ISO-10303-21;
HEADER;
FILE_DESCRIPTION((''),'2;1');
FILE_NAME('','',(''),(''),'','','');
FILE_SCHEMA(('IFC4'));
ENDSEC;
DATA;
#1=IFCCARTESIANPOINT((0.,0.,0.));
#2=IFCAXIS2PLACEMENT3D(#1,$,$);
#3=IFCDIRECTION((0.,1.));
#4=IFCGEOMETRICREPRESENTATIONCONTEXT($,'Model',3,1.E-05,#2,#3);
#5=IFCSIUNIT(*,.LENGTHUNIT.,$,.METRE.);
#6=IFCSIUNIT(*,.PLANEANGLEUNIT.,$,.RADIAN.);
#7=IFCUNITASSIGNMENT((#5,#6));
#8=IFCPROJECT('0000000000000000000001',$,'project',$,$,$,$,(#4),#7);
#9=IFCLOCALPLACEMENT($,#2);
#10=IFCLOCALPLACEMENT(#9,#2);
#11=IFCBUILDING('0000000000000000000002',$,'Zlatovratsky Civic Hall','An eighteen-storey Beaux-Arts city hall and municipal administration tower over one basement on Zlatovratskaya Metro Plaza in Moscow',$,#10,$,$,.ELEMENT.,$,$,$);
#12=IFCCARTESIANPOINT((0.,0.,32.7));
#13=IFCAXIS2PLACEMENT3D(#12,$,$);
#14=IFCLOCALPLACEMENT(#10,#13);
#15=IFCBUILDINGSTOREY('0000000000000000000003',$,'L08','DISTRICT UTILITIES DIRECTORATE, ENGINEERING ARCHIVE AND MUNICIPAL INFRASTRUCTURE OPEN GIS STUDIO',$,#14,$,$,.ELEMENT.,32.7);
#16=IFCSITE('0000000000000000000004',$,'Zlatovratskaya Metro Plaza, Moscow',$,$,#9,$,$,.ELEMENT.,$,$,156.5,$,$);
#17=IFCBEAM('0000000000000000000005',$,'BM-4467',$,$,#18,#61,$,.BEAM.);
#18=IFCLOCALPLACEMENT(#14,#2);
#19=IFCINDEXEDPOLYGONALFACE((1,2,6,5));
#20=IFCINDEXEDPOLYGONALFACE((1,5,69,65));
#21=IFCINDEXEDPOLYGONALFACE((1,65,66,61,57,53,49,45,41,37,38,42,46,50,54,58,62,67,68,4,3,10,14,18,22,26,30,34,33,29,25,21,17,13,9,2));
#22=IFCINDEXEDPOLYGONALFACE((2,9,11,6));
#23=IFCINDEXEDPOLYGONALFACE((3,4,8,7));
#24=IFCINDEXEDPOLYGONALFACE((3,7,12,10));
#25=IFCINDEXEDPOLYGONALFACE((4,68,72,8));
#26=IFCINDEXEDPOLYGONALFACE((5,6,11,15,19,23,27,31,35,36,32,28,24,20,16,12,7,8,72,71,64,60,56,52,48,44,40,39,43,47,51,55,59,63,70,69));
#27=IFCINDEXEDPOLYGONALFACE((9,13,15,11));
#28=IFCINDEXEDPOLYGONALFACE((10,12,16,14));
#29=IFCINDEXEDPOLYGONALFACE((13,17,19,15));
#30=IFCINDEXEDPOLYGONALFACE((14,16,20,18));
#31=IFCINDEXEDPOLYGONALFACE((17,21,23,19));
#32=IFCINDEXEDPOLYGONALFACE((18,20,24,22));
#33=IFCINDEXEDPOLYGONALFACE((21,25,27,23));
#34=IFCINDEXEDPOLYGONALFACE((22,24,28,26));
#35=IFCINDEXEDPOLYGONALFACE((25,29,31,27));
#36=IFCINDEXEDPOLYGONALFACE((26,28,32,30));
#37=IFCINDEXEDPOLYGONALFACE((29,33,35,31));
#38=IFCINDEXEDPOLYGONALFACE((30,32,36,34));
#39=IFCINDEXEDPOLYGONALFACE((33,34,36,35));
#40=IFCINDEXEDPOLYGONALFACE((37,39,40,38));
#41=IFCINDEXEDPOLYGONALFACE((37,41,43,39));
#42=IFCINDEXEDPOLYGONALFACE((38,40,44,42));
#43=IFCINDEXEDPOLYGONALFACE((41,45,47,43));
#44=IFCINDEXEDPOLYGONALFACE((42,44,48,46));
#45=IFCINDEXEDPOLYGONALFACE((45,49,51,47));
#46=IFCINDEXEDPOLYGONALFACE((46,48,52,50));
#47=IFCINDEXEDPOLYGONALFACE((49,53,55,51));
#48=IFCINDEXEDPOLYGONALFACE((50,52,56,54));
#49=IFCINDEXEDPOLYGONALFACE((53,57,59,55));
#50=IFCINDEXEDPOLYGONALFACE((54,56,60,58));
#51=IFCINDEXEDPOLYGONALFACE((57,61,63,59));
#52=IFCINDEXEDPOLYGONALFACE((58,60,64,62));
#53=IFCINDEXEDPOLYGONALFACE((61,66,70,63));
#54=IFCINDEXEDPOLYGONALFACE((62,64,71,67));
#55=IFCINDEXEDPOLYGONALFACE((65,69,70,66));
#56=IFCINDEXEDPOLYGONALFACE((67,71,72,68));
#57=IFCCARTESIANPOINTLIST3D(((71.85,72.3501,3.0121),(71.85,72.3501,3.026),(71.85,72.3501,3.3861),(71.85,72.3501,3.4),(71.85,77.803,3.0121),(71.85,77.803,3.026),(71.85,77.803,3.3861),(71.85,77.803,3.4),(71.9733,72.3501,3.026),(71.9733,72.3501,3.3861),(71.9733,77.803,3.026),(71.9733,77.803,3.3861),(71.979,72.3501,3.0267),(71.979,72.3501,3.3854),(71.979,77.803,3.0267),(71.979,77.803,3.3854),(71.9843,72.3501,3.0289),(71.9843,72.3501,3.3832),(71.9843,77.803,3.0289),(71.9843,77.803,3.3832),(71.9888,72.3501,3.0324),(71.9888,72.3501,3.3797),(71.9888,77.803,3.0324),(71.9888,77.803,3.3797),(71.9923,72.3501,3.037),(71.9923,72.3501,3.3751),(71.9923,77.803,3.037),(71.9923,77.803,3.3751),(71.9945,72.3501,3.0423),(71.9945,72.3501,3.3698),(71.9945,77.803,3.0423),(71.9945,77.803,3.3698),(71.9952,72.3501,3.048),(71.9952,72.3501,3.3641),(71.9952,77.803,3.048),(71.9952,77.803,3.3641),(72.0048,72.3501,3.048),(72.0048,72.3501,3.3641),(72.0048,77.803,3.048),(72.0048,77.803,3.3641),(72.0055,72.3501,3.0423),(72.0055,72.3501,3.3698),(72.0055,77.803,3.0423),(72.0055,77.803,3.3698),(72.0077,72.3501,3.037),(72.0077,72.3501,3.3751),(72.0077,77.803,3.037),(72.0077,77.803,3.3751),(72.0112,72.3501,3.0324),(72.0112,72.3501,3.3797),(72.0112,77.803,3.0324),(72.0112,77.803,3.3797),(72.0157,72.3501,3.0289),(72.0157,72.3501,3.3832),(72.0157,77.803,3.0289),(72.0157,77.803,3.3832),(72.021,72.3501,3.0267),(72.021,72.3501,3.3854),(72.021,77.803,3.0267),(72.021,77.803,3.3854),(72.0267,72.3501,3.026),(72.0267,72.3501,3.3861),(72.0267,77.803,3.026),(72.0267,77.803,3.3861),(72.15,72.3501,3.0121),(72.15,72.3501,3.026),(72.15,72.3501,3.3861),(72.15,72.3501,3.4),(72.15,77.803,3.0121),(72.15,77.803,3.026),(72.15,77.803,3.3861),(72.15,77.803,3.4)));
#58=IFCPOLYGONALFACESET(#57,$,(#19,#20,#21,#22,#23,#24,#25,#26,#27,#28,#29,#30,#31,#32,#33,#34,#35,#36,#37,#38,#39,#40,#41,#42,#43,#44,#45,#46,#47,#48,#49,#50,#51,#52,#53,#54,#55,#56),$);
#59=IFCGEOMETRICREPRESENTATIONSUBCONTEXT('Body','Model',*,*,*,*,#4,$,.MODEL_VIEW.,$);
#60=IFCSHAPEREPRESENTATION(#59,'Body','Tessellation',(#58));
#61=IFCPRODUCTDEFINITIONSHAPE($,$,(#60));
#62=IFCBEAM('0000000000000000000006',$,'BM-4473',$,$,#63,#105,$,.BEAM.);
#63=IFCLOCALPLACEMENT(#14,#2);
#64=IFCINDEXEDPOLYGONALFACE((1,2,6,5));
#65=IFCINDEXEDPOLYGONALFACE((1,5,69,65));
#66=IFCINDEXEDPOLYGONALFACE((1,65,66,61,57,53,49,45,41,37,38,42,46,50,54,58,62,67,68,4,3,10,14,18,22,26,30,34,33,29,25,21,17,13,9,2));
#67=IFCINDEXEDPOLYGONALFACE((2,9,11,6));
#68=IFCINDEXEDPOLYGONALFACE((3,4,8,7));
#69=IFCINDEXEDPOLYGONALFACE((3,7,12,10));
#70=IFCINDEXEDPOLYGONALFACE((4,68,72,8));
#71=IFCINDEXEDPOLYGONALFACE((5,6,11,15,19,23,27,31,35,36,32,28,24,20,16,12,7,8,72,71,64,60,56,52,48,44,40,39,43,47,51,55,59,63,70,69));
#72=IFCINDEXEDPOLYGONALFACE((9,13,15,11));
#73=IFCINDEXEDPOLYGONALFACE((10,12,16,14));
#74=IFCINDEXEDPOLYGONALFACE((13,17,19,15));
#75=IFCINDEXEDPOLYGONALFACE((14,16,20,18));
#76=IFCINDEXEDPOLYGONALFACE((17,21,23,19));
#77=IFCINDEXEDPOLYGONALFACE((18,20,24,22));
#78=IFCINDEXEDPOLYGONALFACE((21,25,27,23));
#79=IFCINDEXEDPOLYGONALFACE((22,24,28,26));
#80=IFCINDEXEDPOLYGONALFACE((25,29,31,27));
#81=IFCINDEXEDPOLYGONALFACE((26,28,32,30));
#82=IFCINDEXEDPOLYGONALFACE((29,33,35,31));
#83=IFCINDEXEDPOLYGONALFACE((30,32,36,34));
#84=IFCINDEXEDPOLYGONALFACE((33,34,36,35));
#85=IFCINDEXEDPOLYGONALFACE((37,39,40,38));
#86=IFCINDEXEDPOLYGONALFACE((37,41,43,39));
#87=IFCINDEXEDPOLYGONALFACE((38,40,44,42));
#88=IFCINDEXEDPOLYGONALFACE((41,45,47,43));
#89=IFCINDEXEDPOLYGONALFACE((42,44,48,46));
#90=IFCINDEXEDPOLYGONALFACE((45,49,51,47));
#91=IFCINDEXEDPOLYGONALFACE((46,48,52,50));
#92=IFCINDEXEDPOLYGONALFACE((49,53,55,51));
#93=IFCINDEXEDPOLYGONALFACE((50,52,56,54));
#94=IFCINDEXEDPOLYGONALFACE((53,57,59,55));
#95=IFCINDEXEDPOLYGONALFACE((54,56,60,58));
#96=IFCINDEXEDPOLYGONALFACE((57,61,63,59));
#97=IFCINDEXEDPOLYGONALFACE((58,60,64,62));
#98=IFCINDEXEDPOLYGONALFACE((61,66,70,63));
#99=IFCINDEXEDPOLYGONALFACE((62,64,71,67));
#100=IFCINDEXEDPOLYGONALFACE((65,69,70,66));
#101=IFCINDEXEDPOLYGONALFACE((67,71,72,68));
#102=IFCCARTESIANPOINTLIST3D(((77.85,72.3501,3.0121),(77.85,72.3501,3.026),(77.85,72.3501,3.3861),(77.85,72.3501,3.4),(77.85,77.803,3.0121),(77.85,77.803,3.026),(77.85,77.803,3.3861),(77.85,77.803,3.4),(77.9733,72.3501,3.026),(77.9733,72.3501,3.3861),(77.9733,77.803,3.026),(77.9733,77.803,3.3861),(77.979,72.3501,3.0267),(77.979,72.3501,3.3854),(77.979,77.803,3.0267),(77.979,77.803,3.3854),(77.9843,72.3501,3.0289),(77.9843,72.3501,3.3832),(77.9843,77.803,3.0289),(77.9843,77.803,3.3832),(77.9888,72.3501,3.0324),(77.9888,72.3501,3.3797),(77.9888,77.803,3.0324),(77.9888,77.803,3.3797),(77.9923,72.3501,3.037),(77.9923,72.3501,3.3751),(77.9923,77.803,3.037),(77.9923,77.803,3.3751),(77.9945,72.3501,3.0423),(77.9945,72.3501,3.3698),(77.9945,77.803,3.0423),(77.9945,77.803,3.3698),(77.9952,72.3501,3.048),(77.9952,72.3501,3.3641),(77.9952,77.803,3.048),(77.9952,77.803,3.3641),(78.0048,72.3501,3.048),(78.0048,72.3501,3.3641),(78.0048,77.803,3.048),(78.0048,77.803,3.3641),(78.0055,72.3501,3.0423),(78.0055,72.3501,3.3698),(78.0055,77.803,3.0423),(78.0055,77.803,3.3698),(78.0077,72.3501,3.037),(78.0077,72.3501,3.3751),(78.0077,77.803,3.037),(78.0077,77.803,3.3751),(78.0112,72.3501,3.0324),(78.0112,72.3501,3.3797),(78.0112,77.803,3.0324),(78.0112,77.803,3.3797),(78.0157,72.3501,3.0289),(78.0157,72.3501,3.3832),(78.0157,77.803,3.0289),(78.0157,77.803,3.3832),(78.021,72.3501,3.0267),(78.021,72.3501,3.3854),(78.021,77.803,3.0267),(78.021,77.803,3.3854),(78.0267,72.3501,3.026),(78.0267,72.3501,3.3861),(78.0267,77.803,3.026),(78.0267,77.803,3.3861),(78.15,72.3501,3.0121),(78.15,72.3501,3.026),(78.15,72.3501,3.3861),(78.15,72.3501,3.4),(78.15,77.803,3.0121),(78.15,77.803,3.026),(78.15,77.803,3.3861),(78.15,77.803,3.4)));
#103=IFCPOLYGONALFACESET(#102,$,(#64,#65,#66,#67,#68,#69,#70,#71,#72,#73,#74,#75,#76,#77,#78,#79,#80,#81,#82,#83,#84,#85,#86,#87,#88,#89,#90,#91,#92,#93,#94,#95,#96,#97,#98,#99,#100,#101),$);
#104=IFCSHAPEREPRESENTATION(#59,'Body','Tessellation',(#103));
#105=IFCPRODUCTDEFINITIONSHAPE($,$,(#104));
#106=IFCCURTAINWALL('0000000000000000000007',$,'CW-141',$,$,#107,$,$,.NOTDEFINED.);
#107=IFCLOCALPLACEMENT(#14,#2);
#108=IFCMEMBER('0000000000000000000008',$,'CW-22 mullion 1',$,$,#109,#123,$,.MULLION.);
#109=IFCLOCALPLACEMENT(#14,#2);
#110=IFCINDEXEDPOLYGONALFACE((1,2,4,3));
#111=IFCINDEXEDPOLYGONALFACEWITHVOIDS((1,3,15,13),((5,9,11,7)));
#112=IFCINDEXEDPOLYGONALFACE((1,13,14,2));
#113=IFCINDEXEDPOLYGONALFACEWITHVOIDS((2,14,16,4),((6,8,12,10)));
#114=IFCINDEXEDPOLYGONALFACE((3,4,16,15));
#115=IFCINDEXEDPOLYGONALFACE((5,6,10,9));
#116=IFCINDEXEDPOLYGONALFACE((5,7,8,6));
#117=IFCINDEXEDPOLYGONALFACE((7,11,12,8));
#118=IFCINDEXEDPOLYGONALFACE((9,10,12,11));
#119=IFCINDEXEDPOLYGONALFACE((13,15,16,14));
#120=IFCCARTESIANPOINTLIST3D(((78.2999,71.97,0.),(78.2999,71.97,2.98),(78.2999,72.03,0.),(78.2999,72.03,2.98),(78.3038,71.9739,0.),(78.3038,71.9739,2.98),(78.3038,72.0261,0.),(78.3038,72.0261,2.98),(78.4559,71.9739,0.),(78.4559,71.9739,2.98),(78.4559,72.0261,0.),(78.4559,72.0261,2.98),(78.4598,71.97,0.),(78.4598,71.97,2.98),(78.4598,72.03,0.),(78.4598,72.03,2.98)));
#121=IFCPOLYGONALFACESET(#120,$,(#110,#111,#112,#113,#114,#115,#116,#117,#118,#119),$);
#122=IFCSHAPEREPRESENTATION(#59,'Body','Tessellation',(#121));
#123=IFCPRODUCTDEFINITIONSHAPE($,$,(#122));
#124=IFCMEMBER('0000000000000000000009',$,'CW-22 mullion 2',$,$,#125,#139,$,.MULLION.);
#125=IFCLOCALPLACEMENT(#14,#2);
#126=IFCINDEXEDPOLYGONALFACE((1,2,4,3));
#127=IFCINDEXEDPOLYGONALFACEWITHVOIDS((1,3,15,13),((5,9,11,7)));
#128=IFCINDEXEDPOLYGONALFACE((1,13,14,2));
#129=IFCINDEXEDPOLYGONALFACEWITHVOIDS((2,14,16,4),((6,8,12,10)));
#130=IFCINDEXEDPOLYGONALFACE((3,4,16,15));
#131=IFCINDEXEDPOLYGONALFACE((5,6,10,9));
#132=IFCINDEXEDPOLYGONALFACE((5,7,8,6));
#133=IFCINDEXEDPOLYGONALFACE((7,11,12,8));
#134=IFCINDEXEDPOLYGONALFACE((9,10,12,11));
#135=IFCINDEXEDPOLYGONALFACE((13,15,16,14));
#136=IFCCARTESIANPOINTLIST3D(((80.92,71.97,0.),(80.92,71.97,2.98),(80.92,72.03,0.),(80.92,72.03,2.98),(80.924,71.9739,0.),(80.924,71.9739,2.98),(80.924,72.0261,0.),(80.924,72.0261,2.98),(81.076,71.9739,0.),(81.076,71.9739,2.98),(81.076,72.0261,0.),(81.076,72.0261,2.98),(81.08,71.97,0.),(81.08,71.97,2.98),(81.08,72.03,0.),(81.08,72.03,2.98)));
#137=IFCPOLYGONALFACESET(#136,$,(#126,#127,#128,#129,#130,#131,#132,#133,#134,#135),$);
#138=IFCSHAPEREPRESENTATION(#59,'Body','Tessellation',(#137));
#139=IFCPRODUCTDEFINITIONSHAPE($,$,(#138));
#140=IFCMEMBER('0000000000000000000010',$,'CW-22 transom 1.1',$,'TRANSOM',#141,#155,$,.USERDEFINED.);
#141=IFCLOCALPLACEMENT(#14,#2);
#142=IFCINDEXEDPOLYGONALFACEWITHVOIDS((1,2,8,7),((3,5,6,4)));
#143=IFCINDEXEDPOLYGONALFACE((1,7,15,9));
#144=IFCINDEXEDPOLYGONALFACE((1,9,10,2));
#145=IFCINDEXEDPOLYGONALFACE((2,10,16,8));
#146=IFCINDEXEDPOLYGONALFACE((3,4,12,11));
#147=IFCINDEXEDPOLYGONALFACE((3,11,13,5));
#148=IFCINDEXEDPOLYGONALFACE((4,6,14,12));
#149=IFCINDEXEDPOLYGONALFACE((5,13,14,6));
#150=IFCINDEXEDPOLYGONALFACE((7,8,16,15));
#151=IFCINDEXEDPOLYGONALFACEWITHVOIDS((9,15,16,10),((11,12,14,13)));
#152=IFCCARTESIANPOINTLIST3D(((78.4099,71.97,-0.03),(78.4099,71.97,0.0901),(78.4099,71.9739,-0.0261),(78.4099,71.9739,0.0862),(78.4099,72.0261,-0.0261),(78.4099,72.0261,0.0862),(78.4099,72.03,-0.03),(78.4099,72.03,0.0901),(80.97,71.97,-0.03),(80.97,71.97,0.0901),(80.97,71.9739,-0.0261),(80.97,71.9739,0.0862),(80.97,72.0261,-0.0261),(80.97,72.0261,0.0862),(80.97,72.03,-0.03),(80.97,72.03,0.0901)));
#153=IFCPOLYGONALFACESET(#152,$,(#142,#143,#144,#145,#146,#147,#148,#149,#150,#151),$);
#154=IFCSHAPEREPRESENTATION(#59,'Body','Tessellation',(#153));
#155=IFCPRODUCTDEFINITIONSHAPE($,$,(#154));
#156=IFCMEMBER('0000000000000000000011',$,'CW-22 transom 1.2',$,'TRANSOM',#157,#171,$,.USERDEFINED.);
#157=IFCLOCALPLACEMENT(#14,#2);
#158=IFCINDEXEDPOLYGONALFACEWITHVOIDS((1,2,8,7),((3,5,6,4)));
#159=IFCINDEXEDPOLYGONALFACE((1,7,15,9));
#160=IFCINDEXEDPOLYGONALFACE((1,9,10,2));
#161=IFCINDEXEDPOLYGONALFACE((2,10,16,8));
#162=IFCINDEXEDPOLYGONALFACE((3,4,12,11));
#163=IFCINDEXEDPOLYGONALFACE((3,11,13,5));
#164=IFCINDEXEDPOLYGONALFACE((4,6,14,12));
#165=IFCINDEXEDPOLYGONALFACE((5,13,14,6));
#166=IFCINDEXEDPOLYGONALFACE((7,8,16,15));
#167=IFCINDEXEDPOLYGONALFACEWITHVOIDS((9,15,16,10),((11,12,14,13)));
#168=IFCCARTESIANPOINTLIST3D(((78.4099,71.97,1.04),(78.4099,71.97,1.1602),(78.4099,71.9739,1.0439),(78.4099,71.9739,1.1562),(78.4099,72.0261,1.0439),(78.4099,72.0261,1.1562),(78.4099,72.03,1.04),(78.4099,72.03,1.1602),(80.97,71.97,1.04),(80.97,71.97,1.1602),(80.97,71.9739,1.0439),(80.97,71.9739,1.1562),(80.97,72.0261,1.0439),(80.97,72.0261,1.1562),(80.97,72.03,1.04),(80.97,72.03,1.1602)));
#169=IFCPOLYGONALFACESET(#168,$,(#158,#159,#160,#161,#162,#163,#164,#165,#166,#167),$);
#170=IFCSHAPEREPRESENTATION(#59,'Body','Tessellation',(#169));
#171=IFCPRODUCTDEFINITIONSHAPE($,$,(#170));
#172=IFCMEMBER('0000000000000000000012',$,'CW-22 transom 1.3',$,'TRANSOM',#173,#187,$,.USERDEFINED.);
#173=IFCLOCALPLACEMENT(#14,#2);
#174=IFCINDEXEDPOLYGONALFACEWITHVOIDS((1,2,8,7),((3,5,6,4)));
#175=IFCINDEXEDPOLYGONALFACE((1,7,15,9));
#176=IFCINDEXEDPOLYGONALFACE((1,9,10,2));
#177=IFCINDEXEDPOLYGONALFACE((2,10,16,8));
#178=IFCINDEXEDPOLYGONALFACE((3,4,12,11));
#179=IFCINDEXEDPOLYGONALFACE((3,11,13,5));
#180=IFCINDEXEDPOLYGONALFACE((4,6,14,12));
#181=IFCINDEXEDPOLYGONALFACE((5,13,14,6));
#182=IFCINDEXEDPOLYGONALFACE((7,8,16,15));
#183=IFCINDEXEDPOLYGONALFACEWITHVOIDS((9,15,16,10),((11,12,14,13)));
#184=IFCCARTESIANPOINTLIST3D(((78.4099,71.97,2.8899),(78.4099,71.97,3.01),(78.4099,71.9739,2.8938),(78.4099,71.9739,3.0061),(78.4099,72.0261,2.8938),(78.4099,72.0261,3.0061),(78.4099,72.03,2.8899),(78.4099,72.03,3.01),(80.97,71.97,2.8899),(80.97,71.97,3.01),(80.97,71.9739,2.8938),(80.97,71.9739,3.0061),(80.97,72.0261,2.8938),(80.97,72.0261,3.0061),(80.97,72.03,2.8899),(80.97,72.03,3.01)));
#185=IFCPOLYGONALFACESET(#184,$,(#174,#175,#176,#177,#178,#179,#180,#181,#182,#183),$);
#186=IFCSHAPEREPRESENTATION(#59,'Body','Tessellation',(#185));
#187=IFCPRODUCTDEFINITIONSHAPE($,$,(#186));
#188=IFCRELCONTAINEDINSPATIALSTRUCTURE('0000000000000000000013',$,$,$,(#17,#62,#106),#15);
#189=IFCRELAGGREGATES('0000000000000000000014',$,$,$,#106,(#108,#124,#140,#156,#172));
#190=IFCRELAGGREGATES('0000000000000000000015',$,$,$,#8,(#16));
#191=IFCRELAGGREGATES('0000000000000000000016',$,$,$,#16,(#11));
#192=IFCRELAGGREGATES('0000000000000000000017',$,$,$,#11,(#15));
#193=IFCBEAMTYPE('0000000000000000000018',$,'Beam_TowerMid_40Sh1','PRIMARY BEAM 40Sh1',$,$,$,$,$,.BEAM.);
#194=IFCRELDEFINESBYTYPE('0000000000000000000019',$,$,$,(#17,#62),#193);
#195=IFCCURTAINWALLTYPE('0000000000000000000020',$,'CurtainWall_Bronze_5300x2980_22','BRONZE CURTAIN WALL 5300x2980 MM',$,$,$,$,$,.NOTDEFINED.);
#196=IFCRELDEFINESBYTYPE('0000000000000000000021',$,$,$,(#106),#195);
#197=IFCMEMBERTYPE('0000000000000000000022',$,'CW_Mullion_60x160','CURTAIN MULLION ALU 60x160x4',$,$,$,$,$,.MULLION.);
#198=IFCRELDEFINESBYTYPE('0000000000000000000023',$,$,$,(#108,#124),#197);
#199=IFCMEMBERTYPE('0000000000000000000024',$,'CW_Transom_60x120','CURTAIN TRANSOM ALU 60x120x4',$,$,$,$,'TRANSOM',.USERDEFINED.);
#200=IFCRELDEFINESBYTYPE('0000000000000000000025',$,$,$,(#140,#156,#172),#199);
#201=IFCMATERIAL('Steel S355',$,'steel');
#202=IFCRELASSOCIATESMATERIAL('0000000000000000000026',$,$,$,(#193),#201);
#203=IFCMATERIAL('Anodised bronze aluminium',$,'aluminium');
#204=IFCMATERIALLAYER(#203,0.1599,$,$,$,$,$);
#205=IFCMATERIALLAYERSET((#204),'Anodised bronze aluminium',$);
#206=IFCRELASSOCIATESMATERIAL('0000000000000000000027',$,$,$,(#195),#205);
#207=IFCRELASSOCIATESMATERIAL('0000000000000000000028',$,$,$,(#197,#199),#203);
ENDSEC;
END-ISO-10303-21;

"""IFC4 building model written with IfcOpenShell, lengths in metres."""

from ifc_helpers import new_model, si_unit, direction, frame, origin, origin_2d, place, context, subcontext, project, spatial, hollow_rectangle, i_section, extrude, material, layer, layer_set, material_profile, profile_set, type_object, element, aggregate, save


model = new_model("IFC4")

# Units and contexts
model_context = context("Model", 3, precision=1e-05, world=origin(), true_north=direction((0.0, 1.0)))
body_context = subcontext(model_context, "Body", "Model", "MODEL_VIEW")
ifc_project = project(units=[si_unit("LENGTHUNIT", "METRE"), si_unit("PLANEANGLEUNIT", "RADIAN")], contexts=[model_context])

# Site, building, storey
site_placement = place(None, origin())
site = spatial("IfcSite", under=ifc_project, at=site_placement, Name="Zlatovratskaya Metro Plaza, Moscow", CompositionType="ELEMENT", RefElevation=156.5)
building_placement = place(site_placement, origin())
building = spatial("IfcBuilding", under=site, at=building_placement, Name="Zlatovratsky Civic Hall", Description="An eighteen-storey Beaux-Arts city hall and municipal administration tower over one basement on Zlatovratskaya Metro Plaza in Moscow", CompositionType="ELEMENT")
storey_placement = place(building_placement, frame((0.0, 0.0, 32.7)))
storey = spatial("IfcBuildingStorey", under=building, at=storey_placement, Name="L08", Description="DISTRICT UTILITIES DIRECTORATE, ENGINEERING ARCHIVE AND MUNICIPAL INFRASTRUCTURE OPEN GIS STUDIO", CompositionType="ELEMENT", Elevation=32.7)

# Shared definitions
ifc_material_1 = material(Name="Steel S355", Category="steel")

# Beams
ifc_material_profile_1 = material_profile(ifc_material_1, i_section(OverallWidth=0.3, OverallDepth=0.3879, WebThickness=0.0095, FlangeThickness=0.0139, FilletRadius=0.022, at=origin_2d()), Name="40Sh1")
ifc_profile_set_1 = profile_set([ifc_material_profile_1], Name="Steel S355")
beam_type_1 = type_object("IfcBeamType", Name="Beam_TowerMid_40Sh1", Description="PRIMARY BEAM 40Sh1", PredefinedType="BEAM", material=ifc_profile_set_1)
for number, where, z_axis, x_axis, name in (
    (1, (72.0, 72.3501, 3.2061), (0.0, 1.0, 0.0), (-1.0, 0.0, 0.0), "BM-4467"),
    (2, (78.0, 72.3501, 3.2061), (0.0, 1.0, 0.0), (-1.0, 0.0, 0.0), "BM-4473"),
):
    element("IfcBeam", number, at=place(storey_placement, frame(where, z_axis=z_axis, x_axis=x_axis)), inside=storey, type_object=beam_type_1, Name=name, PredefinedType="BEAM", context=body_context, shape_type="SweptSolid", body=[
        extrude(i_section(OverallWidth=0.3, OverallDepth=0.3879, WebThickness=0.0095, FlangeThickness=0.0139, FilletRadius=0.022, at=origin_2d()), origin(), (0.0, 0.0, 1.0), 5.4529),
    ])

# Curtain wall, members
ifc_material_2 = material(Name="Anodised bronze aluminium", Category="aluminium")
ifc_layer_1 = layer(ifc_material_2, 0.1599)
ifc_layer_set_1 = layer_set([ifc_layer_1], Name="Anodised bronze aluminium")
curtain_wall_type = type_object("IfcCurtainWallType", Name="CurtainWall_Bronze_5300x2980_22", Description="BRONZE CURTAIN WALL 5300x2980 MM", PredefinedType="NOTDEFINED", material=ifc_layer_set_1)
curtain_wall_placement = place(storey_placement, origin())
curtain_wall = element("IfcCurtainWall", 3, at=curtain_wall_placement, inside=storey, type_object=curtain_wall_type, Name="CW-141", PredefinedType="NOTDEFINED")
ifc_material_profile_2 = material_profile(ifc_material_2, hollow_rectangle(XDim=0.0601, YDim=0.1599, WallThickness=0.0039, at=origin_2d()), Name="ALU 60x160x4")
ifc_profile_set_2 = profile_set([ifc_material_profile_2], Name="Anodised bronze aluminium")
member_type_1 = type_object("IfcMemberType", Name="CW_Mullion_60x160", Description="CURTAIN MULLION ALU 60x160x4", PredefinedType="MULLION", material=ifc_profile_set_2)
member_1_placement = place(storey_placement, frame((78.3799, 72.0, 0.0), z_axis=(0.0, 0.0, 1.0), x_axis=(0.0, 1.0, 0.0)))
member_1 = element("IfcMember", 4, at=member_1_placement, type_object=member_type_1, Name="CW-22 mullion 1", PredefinedType="MULLION", context=body_context, shape_type="SweptSolid", body=[
    extrude(hollow_rectangle(XDim=0.0601, YDim=0.1599, WallThickness=0.0039, at=origin_2d()), origin(), (0.0, 0.0, 1.0), 2.98),
])
member_2_placement = place(storey_placement, frame((81.0, 72.0, 0.0), z_axis=(0.0, 0.0, 1.0), x_axis=(0.0, 1.0, 0.0)))
member_2 = element("IfcMember", 5, at=member_2_placement, type_object=member_type_1, Name="CW-22 mullion 2", PredefinedType="MULLION", context=body_context, shape_type="SweptSolid", body=[
    extrude(hollow_rectangle(XDim=0.0601, YDim=0.1599, WallThickness=0.0039, at=origin_2d()), origin(), (0.0, 0.0, 1.0), 2.98),
])
ifc_material_profile_3 = material_profile(ifc_material_2, hollow_rectangle(XDim=0.0601, YDim=0.1201, WallThickness=0.0039, at=origin_2d()), Name="ALU 60x120x4")
ifc_profile_set_3 = profile_set([ifc_material_profile_3], Name="Anodised bronze aluminium")
member_type_2 = type_object("IfcMemberType", Name="CW_Transom_60x120", Description="CURTAIN TRANSOM ALU 60x120x4", ElementType="TRANSOM", PredefinedType="USERDEFINED", material=ifc_profile_set_3)
member_3_placement = place(storey_placement, frame((78.4099, 72.0, 0.03), z_axis=(1.0, 0.0, 0.0), x_axis=(0.0, 1.0, 0.0)))
member_3 = element("IfcMember", 6, at=member_3_placement, type_object=member_type_2, Name="CW-22 transom 1.1", ObjectType="TRANSOM", PredefinedType="USERDEFINED", context=body_context, shape_type="SweptSolid", body=[
    extrude(hollow_rectangle(XDim=0.0601, YDim=0.1201, WallThickness=0.0039, at=origin_2d()), origin(), (0.0, 0.0, 1.0), 2.5601),
])
member_4_placement = place(storey_placement, frame((78.4099, 72.0, 1.1001), z_axis=(1.0, 0.0, 0.0), x_axis=(0.0, 1.0, 0.0)))
member_4 = element("IfcMember", 7, at=member_4_placement, type_object=member_type_2, Name="CW-22 transom 1.2", ObjectType="TRANSOM", PredefinedType="USERDEFINED", context=body_context, shape_type="SweptSolid", body=[
    extrude(hollow_rectangle(XDim=0.0601, YDim=0.1201, WallThickness=0.0039, at=origin_2d()), origin(), (0.0, 0.0, 1.0), 2.5601),
])
member_5_placement = place(storey_placement, frame((78.4099, 72.0, 2.95), z_axis=(1.0, 0.0, 0.0), x_axis=(0.0, 1.0, 0.0)))
member_5 = element("IfcMember", 8, at=member_5_placement, type_object=member_type_2, Name="CW-22 transom 1.3", ObjectType="TRANSOM", PredefinedType="USERDEFINED", context=body_context, shape_type="SweptSolid", body=[
    extrude(hollow_rectangle(XDim=0.0601, YDim=0.1201, WallThickness=0.0039, at=origin_2d()), origin(), (0.0, 0.0, 1.0), 2.5601),
])
aggregate(curtain_wall, [member_1, member_2, member_3, member_4, member_5])

save(model, "model.ifc")
